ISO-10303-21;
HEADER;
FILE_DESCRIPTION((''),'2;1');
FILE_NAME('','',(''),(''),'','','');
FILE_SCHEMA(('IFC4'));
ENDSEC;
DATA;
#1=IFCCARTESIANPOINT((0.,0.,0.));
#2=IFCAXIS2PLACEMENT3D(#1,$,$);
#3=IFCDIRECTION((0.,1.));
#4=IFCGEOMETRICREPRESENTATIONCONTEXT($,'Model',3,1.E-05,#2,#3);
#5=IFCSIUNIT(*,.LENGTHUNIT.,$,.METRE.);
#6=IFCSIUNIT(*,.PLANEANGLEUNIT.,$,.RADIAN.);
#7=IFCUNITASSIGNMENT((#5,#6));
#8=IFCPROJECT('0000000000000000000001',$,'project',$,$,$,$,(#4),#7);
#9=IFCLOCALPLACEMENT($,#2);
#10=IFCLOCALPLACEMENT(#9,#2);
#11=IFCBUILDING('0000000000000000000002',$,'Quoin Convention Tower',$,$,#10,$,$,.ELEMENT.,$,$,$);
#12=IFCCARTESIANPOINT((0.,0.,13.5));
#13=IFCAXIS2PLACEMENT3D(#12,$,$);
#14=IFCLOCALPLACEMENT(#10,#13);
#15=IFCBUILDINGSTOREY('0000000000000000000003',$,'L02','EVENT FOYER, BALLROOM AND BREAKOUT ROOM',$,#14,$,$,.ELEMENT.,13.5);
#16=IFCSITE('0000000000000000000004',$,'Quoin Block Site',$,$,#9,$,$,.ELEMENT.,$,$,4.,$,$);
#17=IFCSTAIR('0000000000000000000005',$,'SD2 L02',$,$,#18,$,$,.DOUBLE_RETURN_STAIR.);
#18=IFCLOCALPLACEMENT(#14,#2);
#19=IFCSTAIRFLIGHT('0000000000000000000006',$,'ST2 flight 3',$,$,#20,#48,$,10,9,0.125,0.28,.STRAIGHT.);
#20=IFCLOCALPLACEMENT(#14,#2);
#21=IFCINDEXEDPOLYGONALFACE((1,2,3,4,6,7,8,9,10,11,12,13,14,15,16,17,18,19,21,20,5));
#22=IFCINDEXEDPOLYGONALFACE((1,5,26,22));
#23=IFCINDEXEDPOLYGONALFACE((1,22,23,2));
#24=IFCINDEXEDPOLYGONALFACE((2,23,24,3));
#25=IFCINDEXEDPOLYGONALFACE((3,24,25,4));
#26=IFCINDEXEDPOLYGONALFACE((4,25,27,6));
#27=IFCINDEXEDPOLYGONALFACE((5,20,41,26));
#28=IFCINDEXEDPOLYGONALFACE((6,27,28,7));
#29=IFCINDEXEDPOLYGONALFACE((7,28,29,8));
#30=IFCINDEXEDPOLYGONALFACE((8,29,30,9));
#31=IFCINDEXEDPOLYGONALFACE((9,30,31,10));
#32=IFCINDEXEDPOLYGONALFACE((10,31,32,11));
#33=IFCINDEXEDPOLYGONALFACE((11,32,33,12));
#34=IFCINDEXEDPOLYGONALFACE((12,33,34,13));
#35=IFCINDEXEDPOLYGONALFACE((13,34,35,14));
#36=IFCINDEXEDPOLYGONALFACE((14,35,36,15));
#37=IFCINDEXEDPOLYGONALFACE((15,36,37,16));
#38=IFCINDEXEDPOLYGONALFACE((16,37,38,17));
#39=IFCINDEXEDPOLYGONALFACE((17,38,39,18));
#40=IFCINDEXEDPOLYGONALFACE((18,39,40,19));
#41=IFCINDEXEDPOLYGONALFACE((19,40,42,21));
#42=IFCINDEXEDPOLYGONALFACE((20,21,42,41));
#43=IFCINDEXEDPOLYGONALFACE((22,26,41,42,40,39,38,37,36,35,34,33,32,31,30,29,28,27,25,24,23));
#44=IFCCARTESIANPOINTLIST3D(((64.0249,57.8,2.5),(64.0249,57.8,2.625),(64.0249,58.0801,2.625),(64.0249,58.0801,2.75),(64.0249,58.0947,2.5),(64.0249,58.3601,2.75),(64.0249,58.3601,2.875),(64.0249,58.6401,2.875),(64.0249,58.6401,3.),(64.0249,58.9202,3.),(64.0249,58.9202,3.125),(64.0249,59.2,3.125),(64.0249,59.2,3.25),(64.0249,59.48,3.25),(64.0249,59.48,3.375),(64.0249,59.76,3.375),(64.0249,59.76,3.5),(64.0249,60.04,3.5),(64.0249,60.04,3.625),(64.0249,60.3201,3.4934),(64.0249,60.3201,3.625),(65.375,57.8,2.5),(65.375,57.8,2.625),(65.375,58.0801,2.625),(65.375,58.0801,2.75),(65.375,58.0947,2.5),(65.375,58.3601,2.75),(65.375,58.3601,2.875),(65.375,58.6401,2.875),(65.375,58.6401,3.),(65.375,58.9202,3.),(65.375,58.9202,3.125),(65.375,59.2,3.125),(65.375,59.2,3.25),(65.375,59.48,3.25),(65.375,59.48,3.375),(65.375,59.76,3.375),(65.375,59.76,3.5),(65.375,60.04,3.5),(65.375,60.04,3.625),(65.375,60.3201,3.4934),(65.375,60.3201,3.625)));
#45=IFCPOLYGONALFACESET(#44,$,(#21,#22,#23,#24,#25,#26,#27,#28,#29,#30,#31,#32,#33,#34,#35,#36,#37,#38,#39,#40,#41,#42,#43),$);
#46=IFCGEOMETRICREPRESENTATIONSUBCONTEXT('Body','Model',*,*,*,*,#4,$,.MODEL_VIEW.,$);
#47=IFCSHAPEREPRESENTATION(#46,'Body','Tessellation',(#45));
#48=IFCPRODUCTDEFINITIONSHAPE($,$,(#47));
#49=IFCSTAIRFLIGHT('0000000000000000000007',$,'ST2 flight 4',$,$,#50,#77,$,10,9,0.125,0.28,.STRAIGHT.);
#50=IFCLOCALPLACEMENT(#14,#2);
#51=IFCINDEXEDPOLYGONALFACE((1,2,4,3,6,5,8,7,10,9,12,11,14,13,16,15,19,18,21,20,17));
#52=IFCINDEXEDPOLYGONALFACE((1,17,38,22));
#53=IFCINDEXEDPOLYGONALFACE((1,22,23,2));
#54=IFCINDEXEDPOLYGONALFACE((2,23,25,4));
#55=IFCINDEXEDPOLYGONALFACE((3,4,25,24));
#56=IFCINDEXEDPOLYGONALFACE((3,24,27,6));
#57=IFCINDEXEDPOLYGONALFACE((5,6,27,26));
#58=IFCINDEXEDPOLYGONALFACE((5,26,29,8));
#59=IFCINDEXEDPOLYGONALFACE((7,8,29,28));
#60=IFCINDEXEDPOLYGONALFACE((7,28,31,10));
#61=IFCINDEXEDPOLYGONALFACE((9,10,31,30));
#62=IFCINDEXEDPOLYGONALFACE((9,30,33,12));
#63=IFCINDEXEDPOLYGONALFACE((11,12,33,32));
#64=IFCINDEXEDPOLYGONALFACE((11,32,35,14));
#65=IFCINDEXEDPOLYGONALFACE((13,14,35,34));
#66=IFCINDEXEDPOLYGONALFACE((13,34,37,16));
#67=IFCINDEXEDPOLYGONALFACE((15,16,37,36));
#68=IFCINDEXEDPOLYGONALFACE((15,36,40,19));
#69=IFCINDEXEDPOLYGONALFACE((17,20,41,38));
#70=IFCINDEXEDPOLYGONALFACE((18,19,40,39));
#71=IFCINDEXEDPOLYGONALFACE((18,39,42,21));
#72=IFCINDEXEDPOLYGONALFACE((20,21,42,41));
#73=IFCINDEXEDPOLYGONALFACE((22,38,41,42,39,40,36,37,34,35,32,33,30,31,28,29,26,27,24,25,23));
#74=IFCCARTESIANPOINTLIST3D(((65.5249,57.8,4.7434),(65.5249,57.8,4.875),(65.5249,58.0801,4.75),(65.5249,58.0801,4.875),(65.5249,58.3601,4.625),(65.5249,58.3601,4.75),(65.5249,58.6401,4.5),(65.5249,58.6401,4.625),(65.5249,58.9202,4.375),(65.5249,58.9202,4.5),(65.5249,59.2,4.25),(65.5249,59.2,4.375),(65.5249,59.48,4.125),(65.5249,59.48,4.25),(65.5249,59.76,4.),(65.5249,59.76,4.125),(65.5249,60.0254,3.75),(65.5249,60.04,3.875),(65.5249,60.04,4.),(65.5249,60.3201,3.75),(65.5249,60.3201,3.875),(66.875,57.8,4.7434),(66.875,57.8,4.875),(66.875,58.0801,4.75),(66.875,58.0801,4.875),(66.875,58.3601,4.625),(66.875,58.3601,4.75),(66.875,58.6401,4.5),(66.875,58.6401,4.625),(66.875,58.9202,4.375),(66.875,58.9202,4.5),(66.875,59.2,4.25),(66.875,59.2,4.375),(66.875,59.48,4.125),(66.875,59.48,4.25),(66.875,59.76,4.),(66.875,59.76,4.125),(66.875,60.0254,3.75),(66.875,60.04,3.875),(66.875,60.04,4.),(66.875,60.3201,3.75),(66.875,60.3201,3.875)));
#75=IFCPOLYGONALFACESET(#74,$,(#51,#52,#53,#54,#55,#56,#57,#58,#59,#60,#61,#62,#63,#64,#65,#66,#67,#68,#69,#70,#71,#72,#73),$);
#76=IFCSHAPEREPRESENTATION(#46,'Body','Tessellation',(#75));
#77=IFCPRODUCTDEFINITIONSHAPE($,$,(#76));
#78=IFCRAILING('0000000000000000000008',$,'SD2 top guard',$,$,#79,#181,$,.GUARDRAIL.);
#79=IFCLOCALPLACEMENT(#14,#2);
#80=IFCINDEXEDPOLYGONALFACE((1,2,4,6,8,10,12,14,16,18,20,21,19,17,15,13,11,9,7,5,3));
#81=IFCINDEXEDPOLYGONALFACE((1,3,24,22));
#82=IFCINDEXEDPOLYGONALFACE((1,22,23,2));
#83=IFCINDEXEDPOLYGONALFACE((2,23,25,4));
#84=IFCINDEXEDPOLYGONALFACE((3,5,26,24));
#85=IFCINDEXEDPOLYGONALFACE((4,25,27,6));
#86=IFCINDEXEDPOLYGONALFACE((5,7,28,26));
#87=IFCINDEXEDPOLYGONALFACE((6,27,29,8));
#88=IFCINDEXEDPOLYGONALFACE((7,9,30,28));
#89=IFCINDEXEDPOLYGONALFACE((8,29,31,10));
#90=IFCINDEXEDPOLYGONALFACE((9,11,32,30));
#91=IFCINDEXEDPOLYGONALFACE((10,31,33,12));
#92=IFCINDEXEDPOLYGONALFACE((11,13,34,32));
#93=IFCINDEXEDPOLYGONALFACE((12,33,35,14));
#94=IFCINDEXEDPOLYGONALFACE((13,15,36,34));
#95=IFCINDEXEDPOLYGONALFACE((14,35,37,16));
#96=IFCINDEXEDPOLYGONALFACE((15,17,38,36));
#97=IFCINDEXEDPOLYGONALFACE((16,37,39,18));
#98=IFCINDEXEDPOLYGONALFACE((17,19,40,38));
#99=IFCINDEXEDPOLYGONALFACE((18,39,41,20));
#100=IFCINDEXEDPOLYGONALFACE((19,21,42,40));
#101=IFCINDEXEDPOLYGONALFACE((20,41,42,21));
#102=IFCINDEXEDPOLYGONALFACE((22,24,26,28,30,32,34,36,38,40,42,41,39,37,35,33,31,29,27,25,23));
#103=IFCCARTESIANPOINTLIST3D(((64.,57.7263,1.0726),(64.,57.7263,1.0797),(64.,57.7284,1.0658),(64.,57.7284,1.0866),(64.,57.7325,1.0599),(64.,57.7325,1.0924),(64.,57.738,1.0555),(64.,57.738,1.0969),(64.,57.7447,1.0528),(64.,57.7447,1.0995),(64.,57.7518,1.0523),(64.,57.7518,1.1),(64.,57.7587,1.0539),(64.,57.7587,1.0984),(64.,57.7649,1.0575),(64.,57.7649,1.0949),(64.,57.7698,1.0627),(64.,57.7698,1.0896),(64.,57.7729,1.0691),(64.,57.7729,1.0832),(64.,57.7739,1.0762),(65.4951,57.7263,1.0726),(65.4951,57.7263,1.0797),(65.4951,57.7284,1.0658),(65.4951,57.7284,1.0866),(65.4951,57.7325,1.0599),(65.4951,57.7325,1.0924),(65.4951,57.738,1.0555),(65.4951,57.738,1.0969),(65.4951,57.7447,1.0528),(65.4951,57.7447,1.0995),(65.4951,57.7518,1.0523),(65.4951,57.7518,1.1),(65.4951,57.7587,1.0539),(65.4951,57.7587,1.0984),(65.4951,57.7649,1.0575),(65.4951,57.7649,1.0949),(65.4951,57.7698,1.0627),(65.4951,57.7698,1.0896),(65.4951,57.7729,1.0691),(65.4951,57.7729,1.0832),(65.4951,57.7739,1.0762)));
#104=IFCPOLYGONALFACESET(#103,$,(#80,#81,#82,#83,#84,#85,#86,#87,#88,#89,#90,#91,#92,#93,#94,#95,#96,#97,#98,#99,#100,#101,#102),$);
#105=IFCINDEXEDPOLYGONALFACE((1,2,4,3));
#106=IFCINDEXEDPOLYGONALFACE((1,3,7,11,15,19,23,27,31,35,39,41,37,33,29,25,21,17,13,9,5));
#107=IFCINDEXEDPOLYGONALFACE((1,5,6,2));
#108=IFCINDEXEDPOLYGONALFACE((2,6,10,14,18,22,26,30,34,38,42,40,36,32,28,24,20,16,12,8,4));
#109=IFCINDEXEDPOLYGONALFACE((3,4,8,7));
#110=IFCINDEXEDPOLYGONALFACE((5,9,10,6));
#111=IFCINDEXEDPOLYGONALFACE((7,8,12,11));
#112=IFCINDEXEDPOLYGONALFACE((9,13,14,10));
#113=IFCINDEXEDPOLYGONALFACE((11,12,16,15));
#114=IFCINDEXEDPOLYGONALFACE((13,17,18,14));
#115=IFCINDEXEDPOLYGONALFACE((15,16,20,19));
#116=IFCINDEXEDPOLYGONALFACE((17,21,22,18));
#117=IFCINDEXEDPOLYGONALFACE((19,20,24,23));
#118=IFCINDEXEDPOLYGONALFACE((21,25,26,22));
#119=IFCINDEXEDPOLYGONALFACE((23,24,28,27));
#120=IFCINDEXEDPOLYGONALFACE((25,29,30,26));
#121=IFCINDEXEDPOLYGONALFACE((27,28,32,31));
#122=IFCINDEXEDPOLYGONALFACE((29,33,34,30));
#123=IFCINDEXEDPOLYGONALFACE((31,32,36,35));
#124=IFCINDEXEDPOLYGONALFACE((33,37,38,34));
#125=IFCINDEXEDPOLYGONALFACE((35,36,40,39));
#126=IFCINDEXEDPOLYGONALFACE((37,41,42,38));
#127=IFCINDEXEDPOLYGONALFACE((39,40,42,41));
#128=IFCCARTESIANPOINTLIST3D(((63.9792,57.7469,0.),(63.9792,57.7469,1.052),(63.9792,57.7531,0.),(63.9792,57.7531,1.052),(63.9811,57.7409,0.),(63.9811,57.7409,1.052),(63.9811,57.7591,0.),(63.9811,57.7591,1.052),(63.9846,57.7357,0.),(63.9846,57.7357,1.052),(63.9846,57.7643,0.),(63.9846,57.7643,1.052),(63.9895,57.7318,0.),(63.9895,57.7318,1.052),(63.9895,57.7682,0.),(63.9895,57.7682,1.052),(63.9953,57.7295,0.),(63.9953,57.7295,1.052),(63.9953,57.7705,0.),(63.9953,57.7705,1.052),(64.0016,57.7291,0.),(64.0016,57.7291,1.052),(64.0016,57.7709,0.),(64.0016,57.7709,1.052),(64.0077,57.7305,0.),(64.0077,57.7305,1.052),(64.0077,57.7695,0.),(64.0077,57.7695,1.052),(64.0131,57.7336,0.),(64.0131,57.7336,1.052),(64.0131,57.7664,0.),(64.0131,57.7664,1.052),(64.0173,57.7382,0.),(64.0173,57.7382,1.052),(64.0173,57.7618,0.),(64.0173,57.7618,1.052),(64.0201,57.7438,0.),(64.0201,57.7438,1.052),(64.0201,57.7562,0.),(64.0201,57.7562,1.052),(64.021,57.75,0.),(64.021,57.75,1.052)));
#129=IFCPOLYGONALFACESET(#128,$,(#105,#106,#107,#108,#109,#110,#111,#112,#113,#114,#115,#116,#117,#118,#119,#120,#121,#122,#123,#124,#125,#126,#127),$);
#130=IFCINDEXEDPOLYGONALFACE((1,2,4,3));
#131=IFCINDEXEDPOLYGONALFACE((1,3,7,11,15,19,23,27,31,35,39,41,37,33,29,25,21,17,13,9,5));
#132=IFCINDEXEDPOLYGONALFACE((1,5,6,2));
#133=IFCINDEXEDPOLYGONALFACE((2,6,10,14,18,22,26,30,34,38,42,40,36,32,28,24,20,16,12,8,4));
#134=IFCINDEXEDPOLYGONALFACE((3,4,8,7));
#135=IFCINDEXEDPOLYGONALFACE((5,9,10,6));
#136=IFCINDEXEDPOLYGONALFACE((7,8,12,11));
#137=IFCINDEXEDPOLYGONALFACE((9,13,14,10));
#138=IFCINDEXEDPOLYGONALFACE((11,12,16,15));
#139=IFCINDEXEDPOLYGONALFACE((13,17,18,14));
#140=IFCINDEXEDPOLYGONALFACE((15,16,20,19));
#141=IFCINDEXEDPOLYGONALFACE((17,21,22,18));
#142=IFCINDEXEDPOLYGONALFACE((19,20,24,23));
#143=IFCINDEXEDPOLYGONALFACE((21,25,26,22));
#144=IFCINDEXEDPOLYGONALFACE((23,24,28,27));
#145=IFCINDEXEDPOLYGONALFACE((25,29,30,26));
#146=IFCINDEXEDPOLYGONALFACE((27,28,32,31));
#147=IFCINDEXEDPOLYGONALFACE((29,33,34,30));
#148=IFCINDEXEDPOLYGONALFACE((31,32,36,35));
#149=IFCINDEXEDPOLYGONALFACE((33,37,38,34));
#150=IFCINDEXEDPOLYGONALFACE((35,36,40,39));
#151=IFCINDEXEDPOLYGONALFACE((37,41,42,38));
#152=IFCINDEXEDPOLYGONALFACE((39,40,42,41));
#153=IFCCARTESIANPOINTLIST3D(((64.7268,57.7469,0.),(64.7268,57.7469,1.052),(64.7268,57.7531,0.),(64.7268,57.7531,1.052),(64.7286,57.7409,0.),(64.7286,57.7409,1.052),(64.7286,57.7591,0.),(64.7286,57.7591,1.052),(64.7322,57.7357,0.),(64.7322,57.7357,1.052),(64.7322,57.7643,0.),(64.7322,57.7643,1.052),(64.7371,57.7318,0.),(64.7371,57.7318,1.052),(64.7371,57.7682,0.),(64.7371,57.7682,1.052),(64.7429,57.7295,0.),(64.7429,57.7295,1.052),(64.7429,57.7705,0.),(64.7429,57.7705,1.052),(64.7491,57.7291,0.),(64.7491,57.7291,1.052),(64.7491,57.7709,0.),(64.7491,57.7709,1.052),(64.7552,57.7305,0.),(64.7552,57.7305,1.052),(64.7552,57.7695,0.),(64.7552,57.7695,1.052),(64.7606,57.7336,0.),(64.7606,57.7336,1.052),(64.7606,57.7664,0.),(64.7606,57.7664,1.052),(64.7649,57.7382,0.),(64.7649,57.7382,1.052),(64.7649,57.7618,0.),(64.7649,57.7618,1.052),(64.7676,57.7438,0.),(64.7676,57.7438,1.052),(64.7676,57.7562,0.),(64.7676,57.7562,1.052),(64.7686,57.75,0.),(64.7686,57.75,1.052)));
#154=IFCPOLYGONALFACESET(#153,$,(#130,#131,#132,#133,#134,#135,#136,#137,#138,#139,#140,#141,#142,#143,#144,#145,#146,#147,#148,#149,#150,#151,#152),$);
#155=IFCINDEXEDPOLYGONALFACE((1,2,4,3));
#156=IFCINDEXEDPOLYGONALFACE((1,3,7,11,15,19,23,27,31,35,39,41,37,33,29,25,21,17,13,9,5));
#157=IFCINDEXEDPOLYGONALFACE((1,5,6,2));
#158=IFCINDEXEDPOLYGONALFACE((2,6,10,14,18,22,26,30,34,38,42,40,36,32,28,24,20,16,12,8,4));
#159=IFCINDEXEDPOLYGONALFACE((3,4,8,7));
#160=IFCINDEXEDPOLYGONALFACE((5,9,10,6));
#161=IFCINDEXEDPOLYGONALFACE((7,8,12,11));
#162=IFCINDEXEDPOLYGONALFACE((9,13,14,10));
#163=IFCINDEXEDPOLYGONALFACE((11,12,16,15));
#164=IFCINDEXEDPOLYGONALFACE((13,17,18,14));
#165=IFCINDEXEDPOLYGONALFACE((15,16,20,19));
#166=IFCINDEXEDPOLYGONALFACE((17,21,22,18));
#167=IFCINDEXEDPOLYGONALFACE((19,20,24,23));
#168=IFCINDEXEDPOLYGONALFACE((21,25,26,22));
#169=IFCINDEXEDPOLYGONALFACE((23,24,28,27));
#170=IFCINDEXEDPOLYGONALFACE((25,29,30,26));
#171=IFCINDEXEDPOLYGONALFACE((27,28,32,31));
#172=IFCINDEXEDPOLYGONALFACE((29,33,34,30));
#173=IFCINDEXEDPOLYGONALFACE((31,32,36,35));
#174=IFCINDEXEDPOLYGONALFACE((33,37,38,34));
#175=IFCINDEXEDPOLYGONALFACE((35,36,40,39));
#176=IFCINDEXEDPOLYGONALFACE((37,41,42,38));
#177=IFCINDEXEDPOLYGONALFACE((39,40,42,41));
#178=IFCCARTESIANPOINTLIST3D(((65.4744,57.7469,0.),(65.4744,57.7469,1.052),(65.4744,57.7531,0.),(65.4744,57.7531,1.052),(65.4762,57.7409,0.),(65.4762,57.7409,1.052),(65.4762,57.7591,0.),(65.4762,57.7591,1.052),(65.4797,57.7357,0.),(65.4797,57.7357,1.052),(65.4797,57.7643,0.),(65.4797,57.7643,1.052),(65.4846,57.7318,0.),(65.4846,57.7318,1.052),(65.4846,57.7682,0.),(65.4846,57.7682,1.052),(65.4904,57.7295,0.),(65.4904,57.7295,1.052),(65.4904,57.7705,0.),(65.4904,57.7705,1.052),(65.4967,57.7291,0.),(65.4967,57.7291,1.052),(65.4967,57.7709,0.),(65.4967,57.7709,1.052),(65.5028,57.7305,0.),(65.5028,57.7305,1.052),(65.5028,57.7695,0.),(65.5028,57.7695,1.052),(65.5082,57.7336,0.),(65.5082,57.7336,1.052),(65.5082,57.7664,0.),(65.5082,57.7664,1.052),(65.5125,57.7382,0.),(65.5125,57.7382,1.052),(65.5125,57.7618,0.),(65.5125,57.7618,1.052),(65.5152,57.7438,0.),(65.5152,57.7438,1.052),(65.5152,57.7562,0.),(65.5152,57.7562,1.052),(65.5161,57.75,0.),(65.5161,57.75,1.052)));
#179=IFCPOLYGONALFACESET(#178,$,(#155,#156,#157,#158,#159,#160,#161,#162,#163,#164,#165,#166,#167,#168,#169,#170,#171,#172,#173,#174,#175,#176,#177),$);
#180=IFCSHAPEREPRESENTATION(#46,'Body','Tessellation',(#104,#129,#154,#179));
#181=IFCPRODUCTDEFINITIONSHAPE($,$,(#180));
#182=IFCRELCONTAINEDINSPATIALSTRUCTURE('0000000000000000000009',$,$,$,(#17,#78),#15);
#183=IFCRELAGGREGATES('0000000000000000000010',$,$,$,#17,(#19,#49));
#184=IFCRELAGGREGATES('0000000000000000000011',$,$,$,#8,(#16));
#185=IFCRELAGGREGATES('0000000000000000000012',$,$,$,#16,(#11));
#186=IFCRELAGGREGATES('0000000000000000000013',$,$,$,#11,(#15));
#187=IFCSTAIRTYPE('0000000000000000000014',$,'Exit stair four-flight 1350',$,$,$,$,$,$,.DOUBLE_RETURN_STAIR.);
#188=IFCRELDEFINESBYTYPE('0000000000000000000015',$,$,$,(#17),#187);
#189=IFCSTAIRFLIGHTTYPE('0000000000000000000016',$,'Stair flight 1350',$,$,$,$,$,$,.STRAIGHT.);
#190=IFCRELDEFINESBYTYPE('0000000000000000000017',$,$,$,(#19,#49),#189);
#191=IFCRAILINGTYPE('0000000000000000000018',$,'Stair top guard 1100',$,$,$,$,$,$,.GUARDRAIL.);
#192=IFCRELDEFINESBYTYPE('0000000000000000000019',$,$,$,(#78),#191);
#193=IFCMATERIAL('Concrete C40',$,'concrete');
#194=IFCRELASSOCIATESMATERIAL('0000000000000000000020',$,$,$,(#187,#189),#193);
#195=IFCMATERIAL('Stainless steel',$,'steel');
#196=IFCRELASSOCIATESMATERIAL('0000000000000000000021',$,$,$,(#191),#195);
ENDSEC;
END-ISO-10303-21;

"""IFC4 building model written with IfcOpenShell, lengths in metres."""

from ifc_helpers import new_model, si_unit, direction, frame, origin, origin_2d, place, context, subcontext, project, spatial, polyline, circle, outline, extrude, material, type_object, element, aggregate, save


model = new_model("IFC4")

# Units and contexts
model_context = context("Model", 3, precision=1e-05, world=origin(), true_north=direction((0.0, 1.0)))
body_context = subcontext(model_context, "Body", "Model", "MODEL_VIEW")
ifc_project = project(units=[si_unit("LENGTHUNIT", "METRE"), si_unit("PLANEANGLEUNIT", "RADIAN")], contexts=[model_context])

# Site, building, storey
site_placement = place(None, origin())
site = spatial("IfcSite", under=ifc_project, at=site_placement, Name="Quoin Block Site", CompositionType="ELEMENT", RefElevation=4.0)
building_placement = place(site_placement, origin())
building = spatial("IfcBuilding", under=site, at=building_placement, Name="Quoin Convention Tower", CompositionType="ELEMENT")
storey_placement = place(building_placement, frame((0.0, 0.0, 13.5)))
storey = spatial("IfcBuildingStorey", under=building, at=storey_placement, Name="L02", Description="EVENT FOYER, BALLROOM AND BREAKOUT ROOM", CompositionType="ELEMENT", Elevation=13.5)

# Stair, stair flights
ifc_material_1 = material(Name="Concrete C40", Category="concrete")
stair_type = type_object("IfcStairType", Name="Exit stair four-flight 1350", PredefinedType="DOUBLE_RETURN_STAIR", material=ifc_material_1)
stair_placement = place(storey_placement, origin())
stair = element("IfcStair", 1, at=stair_placement, inside=storey, type_object=stair_type, Name="SD2 L02", PredefinedType="DOUBLE_RETURN_STAIR")
stair_flight_type = type_object("IfcStairFlightType", Name="Stair flight 1350", PredefinedType="STRAIGHT", material=ifc_material_1)
stair_flight_1_placement = place(storey_placement, frame((64.7, 57.8, 2.5), z_axis=(0.0, 0.0, 1.0), x_axis=(0.0, 1.0, 0.0)))
stair_flight_1 = element("IfcStairFlight", 2, at=stair_flight_1_placement, type_object=stair_flight_type, Name="ST2 flight 3", NumberOfRisers=10, NumberOfTreads=9, PredefinedType="STRAIGHT", RiserHeight=0.125, TreadLength=0.28, context=body_context, shape_type="SweptSolid", body=[
    extrude(outline(polyline([(0.0, 0.0), (0.0, 0.125), (0.28, 0.125), (0.28, 0.25), (0.5601, 0.25), (0.5601, 0.375), (0.8401, 0.375), (0.8401, 0.5), (1.1201, 0.5), (1.1201, 0.625), (1.3999, 0.625), (1.3999, 0.75), (1.6799, 0.75), (1.6799, 0.875), (1.96, 0.875), (1.96, 1.0), (2.24, 1.0), (2.24, 1.125), (2.52, 1.125), (2.52, 1.25), (2.52, 0.9934), (0.2947, 0.0), (0.0, 0.0)])), frame((0.0, 0.675, 0.0), z_axis=(0.0, -1.0, 0.0), x_axis=(1.0, 0.0, 0.0)), (0.0, 0.0, 1.0), 1.3501),
])
stair_flight_2_placement = place(storey_placement, frame((66.2, 60.3201, 3.75), z_axis=(0.0, 0.0, 1.0), x_axis=(0.0, -1.0, 0.0)))
stair_flight_2 = element("IfcStairFlight", 3, at=stair_flight_2_placement, type_object=stair_flight_type, Name="ST2 flight 4", NumberOfRisers=10, NumberOfTreads=9, PredefinedType="STRAIGHT", RiserHeight=0.125, TreadLength=0.28, context=body_context, shape_type="SweptSolid", body=[
    extrude(outline(polyline([(0.0, 0.0), (0.0, 0.125), (0.28, 0.125), (0.28, 0.25), (0.5601, 0.25), (0.5601, 0.375), (0.8401, 0.375), (0.8401, 0.5), (1.1201, 0.5), (1.1201, 0.625), (1.3999, 0.625), (1.3999, 0.75), (1.6799, 0.75), (1.6799, 0.875), (1.96, 0.875), (1.96, 1.0), (2.24, 1.0), (2.24, 1.125), (2.52, 1.125), (2.52, 1.25), (2.52, 0.9934), (0.2947, 0.0), (0.0, 0.0)])), frame((0.0, 0.675, 0.0), z_axis=(0.0, -1.0, 0.0), x_axis=(1.0, 0.0, 0.0)), (0.0, 0.0, 1.0), 1.3501),
])
aggregate(stair, [stair_flight_1, stair_flight_2])

# Railing
ifc_material_2 = material(Name="Stainless steel", Category="steel")
railing_type_1 = type_object("IfcRailingType", Name="Stair top guard 1100", PredefinedType="GUARDRAIL", material=ifc_material_2)
railing_1_placement = place(storey_placement, frame((64.0, 57.75, 0.0)))
element("IfcRailing", 4, at=railing_1_placement, inside=storey, type_object=railing_type_1, Name="SD2 top guard", PredefinedType="GUARDRAIL", context=body_context, shape_type="SweptSolid", body=[
    extrude(circle(Radius=0.0239, at=origin_2d()), frame((0.0, 0.0, 1.0762), z_axis=(1.0, 0.0, 0.0), x_axis=(0.0, 1.0, 0.0)), (0.0, 0.0, 1.0), 1.4951),
    extrude(circle(Radius=0.021, at=origin_2d()), origin(), (0.0, 0.0, 1.0), 1.052),
    extrude(circle(Radius=0.021, at=origin_2d()), frame((0.7476, 0.0, 0.0)), (0.0, 0.0, 1.0), 1.052),
    extrude(circle(Radius=0.021, at=origin_2d()), frame((1.4951, 0.0, 0.0)), (0.0, 0.0, 1.0), 1.052),
])

save(model, "model.ifc")
